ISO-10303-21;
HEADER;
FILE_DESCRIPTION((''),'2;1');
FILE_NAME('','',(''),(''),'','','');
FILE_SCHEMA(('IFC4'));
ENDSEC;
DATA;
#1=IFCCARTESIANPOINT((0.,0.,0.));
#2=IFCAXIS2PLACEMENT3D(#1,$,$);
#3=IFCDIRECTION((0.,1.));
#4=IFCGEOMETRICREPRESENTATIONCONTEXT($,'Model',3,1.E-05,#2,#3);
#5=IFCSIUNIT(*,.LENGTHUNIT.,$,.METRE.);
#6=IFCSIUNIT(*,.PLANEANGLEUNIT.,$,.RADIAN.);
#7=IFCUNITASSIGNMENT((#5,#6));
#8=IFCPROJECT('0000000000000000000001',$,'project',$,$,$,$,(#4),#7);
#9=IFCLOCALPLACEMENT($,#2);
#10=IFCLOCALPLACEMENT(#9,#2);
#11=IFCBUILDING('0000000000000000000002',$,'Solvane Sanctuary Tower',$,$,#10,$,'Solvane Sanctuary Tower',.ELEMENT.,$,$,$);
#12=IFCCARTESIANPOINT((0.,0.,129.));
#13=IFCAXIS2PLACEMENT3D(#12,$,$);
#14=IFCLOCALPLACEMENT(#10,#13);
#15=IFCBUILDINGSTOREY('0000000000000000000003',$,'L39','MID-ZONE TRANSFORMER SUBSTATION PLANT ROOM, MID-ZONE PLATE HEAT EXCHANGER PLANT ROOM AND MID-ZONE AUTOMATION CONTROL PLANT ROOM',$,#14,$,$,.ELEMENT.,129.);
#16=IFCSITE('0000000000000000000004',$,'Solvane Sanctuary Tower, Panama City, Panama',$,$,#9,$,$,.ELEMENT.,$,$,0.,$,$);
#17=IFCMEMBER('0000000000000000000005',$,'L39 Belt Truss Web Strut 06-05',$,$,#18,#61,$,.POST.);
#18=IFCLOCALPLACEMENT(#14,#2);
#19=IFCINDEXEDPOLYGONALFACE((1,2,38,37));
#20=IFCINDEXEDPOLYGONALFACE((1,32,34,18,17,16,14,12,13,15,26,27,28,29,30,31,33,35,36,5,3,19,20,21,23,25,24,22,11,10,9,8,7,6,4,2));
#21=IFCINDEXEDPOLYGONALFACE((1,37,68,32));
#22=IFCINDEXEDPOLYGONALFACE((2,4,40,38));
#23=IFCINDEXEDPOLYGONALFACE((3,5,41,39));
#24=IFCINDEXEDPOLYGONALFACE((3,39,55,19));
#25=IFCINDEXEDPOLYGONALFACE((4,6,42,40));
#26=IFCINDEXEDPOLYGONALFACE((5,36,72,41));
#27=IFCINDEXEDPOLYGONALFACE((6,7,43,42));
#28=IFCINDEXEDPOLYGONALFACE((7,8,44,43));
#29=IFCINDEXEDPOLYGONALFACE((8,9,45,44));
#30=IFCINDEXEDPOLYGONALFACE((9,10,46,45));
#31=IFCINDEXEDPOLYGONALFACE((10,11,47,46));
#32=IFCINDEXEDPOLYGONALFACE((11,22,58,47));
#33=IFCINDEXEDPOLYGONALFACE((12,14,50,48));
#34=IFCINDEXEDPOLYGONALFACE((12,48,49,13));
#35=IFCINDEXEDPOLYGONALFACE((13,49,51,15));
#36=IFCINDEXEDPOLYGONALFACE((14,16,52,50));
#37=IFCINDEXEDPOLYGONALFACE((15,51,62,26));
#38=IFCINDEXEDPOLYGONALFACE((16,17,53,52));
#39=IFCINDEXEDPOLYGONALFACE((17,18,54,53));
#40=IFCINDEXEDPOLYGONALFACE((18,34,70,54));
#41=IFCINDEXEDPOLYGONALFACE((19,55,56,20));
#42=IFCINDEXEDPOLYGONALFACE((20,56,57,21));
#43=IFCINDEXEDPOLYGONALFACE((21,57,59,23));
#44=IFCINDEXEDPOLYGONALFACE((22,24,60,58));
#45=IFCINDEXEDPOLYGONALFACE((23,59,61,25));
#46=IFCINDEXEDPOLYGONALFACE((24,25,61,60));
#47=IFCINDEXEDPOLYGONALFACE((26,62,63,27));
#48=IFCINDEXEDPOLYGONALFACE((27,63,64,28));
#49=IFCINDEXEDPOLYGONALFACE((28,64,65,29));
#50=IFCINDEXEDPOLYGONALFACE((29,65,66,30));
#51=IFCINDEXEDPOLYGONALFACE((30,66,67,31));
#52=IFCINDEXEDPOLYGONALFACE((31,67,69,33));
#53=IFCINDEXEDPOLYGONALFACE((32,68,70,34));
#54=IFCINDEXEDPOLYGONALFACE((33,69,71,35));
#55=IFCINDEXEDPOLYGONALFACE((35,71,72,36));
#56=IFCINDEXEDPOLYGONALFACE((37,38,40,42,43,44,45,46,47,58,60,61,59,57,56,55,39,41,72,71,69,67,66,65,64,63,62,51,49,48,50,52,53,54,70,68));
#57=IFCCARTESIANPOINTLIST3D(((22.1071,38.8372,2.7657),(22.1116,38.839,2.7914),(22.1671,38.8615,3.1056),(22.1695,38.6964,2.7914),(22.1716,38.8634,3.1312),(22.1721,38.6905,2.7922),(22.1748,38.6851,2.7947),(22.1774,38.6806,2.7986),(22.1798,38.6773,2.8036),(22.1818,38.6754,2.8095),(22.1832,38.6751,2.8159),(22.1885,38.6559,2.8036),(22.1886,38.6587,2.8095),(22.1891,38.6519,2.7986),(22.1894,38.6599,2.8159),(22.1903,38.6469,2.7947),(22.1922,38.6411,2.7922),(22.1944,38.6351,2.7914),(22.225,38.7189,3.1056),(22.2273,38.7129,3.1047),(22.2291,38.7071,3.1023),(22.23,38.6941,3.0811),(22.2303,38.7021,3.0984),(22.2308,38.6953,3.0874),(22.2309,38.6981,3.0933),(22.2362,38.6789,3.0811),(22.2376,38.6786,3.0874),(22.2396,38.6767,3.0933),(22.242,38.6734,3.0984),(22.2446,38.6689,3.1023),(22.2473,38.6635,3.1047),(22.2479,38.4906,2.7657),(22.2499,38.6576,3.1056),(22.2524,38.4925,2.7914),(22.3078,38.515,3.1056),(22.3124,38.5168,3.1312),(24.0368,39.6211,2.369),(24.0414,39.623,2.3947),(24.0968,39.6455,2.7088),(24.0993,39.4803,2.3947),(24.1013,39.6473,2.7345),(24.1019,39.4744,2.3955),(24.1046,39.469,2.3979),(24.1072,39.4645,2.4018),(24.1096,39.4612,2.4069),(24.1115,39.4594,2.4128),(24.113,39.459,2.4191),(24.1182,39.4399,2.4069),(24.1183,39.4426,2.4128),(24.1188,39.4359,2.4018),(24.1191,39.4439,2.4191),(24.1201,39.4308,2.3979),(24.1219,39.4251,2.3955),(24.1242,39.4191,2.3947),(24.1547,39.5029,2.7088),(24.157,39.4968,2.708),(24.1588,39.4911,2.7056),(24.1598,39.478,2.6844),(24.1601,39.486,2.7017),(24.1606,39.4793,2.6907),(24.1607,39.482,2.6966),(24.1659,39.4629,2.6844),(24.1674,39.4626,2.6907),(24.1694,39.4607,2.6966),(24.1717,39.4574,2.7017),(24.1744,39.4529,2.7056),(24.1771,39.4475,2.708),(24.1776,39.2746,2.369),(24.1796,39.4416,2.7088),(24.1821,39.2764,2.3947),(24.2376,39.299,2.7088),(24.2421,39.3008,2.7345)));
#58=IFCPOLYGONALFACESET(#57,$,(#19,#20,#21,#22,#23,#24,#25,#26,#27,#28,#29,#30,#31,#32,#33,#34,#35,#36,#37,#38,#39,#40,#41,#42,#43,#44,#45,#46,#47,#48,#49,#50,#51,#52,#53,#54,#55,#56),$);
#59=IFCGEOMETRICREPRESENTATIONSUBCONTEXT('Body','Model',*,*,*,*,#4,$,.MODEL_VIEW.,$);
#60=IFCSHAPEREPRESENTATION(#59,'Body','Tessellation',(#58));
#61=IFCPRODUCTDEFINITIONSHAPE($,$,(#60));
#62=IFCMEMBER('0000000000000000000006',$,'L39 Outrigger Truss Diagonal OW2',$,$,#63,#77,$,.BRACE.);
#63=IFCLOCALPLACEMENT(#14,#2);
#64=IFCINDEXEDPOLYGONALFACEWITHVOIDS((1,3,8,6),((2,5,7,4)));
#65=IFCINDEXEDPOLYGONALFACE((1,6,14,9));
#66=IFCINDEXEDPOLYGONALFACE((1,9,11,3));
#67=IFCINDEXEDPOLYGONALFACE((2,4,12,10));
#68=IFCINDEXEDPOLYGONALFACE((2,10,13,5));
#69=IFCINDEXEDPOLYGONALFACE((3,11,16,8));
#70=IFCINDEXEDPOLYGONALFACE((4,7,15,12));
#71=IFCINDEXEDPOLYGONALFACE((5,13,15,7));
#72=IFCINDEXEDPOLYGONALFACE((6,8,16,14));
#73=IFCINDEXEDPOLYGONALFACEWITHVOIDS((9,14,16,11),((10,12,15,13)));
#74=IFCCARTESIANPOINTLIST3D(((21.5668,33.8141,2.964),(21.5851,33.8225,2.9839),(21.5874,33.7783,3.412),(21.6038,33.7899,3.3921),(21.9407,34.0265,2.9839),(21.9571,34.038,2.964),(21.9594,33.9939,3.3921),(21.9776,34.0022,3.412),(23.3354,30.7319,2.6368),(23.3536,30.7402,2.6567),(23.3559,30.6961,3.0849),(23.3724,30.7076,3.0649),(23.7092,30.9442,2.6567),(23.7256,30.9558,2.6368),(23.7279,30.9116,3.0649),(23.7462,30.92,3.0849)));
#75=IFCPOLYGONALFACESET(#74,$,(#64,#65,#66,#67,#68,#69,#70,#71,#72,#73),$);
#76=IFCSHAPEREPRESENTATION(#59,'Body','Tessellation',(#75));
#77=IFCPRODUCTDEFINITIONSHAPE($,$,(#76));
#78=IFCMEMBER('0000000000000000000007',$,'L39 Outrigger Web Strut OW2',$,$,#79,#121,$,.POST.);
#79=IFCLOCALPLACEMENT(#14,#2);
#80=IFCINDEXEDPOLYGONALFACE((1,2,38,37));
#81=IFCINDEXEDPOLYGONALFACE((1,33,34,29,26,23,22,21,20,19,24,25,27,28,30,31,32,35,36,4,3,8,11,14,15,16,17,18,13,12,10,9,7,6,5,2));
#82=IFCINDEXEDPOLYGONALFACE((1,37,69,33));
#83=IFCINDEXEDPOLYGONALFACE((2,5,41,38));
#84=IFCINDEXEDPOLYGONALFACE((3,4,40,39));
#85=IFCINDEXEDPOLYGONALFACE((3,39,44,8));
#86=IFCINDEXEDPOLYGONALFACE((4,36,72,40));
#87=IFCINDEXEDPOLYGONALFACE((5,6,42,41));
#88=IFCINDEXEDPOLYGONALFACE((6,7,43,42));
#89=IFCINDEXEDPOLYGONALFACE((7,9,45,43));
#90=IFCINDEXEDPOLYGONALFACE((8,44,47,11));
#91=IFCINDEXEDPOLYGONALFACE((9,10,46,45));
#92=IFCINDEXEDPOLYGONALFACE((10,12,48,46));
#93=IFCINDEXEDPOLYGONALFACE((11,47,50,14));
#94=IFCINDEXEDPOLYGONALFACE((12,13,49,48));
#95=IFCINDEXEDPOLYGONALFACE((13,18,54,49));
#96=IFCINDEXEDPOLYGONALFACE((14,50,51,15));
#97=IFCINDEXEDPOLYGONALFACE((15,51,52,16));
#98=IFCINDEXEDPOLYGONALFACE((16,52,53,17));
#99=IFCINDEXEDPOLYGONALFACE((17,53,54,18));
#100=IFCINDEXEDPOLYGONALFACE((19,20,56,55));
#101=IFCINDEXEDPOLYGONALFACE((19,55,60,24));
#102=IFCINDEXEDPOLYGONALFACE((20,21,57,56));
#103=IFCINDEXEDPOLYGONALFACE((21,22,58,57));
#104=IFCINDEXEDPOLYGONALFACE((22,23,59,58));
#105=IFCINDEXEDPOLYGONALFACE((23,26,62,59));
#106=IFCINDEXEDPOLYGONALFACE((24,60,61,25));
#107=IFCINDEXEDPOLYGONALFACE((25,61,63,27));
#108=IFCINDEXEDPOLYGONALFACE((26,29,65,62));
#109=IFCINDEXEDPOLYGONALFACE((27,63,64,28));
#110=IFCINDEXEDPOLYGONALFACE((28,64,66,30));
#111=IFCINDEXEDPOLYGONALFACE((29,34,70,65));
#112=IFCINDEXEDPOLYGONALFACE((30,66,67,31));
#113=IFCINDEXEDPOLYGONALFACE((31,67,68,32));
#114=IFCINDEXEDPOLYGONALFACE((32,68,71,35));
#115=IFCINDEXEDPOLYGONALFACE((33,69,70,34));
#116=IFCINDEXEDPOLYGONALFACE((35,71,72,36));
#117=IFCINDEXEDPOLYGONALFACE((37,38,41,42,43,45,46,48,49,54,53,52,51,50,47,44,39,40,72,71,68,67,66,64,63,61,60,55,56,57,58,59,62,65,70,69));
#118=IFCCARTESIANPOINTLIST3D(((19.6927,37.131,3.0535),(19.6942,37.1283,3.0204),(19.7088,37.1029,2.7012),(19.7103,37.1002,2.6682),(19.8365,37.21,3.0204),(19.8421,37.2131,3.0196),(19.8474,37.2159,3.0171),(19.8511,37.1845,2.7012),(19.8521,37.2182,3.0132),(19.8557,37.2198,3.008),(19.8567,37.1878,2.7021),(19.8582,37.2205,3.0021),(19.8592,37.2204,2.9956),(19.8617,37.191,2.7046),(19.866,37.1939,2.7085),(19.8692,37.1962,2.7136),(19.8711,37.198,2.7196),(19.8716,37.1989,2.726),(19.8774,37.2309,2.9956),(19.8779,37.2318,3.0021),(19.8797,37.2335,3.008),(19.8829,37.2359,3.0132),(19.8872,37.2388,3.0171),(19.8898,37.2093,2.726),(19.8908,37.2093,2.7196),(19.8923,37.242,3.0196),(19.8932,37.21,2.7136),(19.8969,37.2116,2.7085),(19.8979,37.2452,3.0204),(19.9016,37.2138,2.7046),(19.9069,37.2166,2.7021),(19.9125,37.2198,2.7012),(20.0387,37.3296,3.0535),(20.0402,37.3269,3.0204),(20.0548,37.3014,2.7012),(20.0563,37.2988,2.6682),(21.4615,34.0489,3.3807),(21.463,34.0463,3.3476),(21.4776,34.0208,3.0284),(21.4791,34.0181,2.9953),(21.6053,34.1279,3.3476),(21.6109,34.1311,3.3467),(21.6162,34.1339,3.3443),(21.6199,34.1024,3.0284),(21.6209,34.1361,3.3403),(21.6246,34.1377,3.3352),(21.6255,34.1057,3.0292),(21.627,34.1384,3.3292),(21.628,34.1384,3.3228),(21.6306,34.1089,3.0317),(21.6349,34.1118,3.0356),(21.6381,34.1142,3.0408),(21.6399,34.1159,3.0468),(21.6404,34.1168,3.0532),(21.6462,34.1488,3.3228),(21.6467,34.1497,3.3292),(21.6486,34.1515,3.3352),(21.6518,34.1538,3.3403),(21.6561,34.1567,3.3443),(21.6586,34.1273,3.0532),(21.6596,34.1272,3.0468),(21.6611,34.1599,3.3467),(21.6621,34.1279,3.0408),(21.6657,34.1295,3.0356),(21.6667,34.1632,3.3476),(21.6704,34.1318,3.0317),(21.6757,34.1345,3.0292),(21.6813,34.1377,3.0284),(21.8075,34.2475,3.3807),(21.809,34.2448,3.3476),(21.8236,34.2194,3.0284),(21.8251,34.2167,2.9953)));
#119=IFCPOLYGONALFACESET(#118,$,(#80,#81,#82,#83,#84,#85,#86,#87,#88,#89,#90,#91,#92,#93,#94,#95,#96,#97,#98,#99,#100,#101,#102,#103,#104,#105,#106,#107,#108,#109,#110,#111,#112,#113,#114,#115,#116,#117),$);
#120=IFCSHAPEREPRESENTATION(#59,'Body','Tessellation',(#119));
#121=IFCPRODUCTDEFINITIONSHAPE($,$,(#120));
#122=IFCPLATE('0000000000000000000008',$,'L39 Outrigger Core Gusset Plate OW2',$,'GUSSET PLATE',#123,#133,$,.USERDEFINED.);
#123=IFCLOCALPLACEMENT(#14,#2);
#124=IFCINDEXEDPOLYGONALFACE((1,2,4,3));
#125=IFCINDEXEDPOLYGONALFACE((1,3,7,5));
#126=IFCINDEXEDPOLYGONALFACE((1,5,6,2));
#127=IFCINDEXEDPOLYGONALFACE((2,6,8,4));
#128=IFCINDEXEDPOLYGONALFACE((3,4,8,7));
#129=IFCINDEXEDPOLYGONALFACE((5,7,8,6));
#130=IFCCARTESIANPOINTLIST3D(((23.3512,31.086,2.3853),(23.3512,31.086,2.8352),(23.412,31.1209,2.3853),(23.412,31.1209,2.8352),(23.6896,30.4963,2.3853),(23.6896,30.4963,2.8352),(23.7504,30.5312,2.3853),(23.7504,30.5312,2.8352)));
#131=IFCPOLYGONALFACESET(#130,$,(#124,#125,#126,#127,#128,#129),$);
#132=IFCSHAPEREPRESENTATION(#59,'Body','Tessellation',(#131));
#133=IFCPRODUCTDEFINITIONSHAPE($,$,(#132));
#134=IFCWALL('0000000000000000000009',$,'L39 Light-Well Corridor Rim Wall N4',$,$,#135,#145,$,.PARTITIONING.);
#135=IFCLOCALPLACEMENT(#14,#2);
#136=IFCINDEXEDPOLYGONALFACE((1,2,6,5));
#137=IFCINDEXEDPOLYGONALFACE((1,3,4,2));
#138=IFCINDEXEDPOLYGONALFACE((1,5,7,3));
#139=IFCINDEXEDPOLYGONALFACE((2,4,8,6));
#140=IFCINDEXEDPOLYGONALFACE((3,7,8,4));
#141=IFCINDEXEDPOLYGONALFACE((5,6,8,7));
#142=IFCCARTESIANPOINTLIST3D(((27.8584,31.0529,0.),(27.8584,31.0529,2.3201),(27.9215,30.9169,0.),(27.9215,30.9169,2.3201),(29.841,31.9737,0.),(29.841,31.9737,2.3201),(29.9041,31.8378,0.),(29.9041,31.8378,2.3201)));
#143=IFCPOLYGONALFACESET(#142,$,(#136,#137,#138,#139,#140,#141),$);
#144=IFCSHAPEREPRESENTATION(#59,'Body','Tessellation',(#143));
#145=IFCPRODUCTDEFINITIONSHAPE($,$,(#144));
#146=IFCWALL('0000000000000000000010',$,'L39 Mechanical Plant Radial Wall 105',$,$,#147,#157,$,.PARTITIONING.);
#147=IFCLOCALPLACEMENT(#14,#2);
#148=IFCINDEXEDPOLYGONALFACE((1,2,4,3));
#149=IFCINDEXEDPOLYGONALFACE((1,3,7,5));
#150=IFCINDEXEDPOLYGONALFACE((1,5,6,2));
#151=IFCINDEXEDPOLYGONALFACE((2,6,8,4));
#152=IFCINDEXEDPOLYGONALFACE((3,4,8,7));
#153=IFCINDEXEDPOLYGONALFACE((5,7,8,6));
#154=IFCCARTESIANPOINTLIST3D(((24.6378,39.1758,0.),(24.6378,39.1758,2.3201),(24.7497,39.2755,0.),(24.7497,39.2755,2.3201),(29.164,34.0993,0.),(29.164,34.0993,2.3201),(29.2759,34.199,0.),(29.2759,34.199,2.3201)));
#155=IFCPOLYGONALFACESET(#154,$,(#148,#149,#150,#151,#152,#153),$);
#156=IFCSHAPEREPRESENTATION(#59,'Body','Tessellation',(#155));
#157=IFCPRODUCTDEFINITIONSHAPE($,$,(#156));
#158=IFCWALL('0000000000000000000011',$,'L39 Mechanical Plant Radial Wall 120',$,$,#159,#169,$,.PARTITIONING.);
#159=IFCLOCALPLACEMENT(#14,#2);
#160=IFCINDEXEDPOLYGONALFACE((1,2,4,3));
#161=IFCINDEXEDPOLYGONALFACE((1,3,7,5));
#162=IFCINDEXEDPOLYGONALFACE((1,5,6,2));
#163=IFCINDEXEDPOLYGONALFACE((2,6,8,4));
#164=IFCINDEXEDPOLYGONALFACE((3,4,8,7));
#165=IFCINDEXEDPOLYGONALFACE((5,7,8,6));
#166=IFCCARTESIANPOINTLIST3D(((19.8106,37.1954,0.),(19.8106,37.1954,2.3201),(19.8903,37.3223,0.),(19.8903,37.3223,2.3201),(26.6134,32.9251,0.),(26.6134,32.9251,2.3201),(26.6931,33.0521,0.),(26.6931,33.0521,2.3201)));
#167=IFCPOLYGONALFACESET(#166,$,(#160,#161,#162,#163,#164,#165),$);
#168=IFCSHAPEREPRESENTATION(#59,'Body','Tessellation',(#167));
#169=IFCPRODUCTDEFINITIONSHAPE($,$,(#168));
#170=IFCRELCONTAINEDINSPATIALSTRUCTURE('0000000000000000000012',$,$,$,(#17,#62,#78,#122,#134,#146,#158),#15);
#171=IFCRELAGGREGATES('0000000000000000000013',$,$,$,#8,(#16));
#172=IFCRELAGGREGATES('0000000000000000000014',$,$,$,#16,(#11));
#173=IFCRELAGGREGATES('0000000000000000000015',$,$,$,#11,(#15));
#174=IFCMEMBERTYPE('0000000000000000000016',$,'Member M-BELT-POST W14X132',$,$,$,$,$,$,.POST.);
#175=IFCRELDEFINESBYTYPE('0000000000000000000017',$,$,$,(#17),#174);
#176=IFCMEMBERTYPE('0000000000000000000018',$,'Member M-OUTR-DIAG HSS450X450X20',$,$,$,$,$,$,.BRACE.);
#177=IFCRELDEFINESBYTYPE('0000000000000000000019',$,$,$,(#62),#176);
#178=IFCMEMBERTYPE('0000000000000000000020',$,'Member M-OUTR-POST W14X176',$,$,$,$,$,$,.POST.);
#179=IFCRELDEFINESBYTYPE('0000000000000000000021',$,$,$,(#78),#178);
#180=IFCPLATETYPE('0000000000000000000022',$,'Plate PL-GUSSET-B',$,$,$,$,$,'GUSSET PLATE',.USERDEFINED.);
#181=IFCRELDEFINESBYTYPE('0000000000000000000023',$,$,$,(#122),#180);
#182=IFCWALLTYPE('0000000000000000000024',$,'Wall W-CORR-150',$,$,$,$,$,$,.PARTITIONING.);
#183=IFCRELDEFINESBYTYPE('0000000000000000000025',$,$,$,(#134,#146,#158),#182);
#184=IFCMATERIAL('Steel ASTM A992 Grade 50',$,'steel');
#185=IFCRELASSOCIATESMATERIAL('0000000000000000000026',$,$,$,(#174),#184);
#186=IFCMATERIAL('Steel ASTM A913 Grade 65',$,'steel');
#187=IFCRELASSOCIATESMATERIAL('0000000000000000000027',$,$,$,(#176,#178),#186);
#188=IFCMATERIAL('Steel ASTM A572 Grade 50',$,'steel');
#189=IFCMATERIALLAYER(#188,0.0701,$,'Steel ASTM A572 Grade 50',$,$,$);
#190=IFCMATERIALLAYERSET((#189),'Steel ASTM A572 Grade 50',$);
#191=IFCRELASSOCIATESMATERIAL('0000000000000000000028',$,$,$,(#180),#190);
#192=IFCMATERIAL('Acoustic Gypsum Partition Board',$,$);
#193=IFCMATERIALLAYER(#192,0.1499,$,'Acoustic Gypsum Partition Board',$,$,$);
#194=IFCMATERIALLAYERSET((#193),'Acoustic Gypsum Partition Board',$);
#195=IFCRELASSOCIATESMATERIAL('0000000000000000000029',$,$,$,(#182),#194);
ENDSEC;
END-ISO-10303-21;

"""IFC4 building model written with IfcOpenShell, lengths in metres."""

from ifc_helpers import new_model, si_unit, direction, frame, frame_2d, origin, origin_2d, place, context, subcontext, project, spatial, rectangle, hollow_rectangle, i_section, extrude, material, layer, layer_set, material_profile, profile_set, type_object, element, save


model = new_model("IFC4")

# Units and contexts
model_context = context("Model", 3, precision=1e-05, world=origin(), true_north=direction((0.0, 1.0)))
body_context = subcontext(model_context, "Body", "Model", "MODEL_VIEW")
ifc_project = project(units=[si_unit("LENGTHUNIT", "METRE"), si_unit("PLANEANGLEUNIT", "RADIAN")], contexts=[model_context])

# Site, building, storey
site_placement = place(None, origin())
site = spatial("IfcSite", under=ifc_project, at=site_placement, Name="Solvane Sanctuary Tower, Panama City, Panama", CompositionType="ELEMENT", RefElevation=0.0)
building_placement = place(site_placement, origin())
building = spatial("IfcBuilding", under=site, at=building_placement, Name="Solvane Sanctuary Tower", LongName="Solvane Sanctuary Tower", CompositionType="ELEMENT")
storey_placement = place(building_placement, frame((0.0, 0.0, 129.0)))
storey = spatial("IfcBuildingStorey", under=building, at=storey_placement, Name="L39", Description="MID-ZONE TRANSFORMER SUBSTATION PLANT ROOM, MID-ZONE PLATE HEAT EXCHANGER PLANT ROOM AND MID-ZONE AUTOMATION CONTROL PLANT ROOM", CompositionType="ELEMENT", Elevation=129.0)

# Shared definitions
ifc_material_1 = material(Name="Steel ASTM A992 Grade 50", Category="steel")

# Members
ifc_material_profile_1 = material_profile(ifc_material_1, i_section(OverallWidth=0.374, OverallDepth=0.3721, WebThickness=0.0164, FlangeThickness=0.0261, FilletRadius=0.0249, at=origin_2d()), Name="W14X132")
ifc_profile_set_1 = profile_set([ifc_material_profile_1], Name="Steel ASTM A992 Grade 50")
member_type_1 = type_object("IfcMemberType", Name="Member M-BELT-POST W14X132", PredefinedType="POST", material=ifc_profile_set_1)
member_1_placement = place(storey_placement, frame((22.2097, 38.677, 2.9485), z_axis=(0.910104, 0.36973, -0.18711), x_axis=(-0.376377, 0.926467, 0.0)))
element("IfcMember", 1, at=member_1_placement, inside=storey, type_object=member_type_1, Name="L39 Belt Truss Web Strut 06-05", PredefinedType="POST", context=body_context, shape_type="SweptSolid", body=[
    extrude(i_section(OverallWidth=0.374, OverallDepth=0.3721, WebThickness=0.0164, FlangeThickness=0.0261, FilletRadius=0.0249, at=origin_2d()), origin(), (0.0, 0.0, 1.0), 2.1204),
])
ifc_material_2 = material(Name="Steel ASTM A913 Grade 65", Category="steel")
ifc_material_profile_2 = material_profile(ifc_material_2, hollow_rectangle(XDim=0.45, YDim=0.45, WallThickness=0.02, at=origin_2d()), Name="HSS450X450X20")
ifc_profile_set_2 = profile_set([ifc_material_profile_2], Name="Steel ASTM A913 Grade 65")
member_type_2 = type_object("IfcMemberType", Name="Member M-OUTR-DIAG HSS450X450X20", PredefinedType="BRACE", material=ifc_profile_set_2)
member_2_placement = place(storey_placement, frame((23.5408, 30.8259, 2.8608), z_axis=(-0.495581, 0.86371, 0.091673), x_axis=(-0.867362, -0.497677, 0.0)))
element("IfcMember", 2, at=member_2_placement, inside=storey, type_object=member_type_2, Name="L39 Outrigger Truss Diagonal OW2", PredefinedType="BRACE", context=body_context, shape_type="SweptSolid", body=[
    extrude(hollow_rectangle(XDim=0.45, YDim=0.45, WallThickness=0.02, at=origin_2d()), origin(), (0.0, 0.0, 1.0), 3.5686),
])
ifc_material_profile_3 = material_profile(ifc_material_2, i_section(OverallWidth=0.3989, OverallDepth=0.387, WebThickness=0.021, FlangeThickness=0.0332, FilletRadius=0.0249, at=origin_2d()), Name="W14X176")
ifc_profile_set_3 = profile_set([ifc_material_profile_3], Name="Steel ASTM A913 Grade 65")
member_type_3 = type_object("IfcMemberType", Name="Member M-OUTR-POST W14X176", PredefinedType="POST", material=ifc_profile_set_3)
member_3_placement = place(storey_placement, frame((21.6433, 34.1328, 3.188), z_axis=(-0.495662, 0.863663, -0.091675), x_axis=(-0.867316, -0.497758, 0.0)))
element("IfcMember", 3, at=member_3_placement, inside=storey, type_object=member_type_3, Name="L39 Outrigger Web Strut OW2", PredefinedType="POST", context=body_context, shape_type="SweptSolid", body=[
    extrude(i_section(OverallWidth=0.3989, OverallDepth=0.387, WebThickness=0.021, FlangeThickness=0.0332, FilletRadius=0.0249, at=origin_2d()), origin(), (0.0, 0.0, 1.0), 3.5686),
])

# Plate
ifc_material_3 = material(Name="Steel ASTM A572 Grade 50", Category="steel")
ifc_layer_1 = layer(ifc_material_3, 0.0701, Name="Steel ASTM A572 Grade 50")
ifc_layer_set_1 = layer_set([ifc_layer_1], Name="Steel ASTM A572 Grade 50")
plate_type = type_object("IfcPlateType", Name="Plate PL-GUSSET-B", ElementType="GUSSET PLATE", PredefinedType="USERDEFINED", material=ifc_layer_set_1)
plate_placement = place(storey_placement, frame((23.5508, 30.8086, 2.3853), z_axis=(0.0, 0.0, 1.0), x_axis=(-0.497731, 0.867331, 0.0)))
element("IfcPlate", 4, at=plate_placement, inside=storey, type_object=plate_type, Name="L39 Outrigger Core Gusset Plate OW2", ObjectType="GUSSET PLATE", PredefinedType="USERDEFINED", context=body_context, shape_type="SweptSolid", body=[
    extrude(rectangle(XDim=0.6799, YDim=0.0701, at=origin_2d()), origin(), (0.0, 0.0, 1.0), 0.45),
])

# Walls
ifc_material_4 = material(Name="Acoustic Gypsum Partition Board")
ifc_layer_2 = layer(ifc_material_4, 0.1499, Name="Acoustic Gypsum Partition Board")
ifc_layer_set_2 = layer_set([ifc_layer_2], Name="Acoustic Gypsum Partition Board")
wall_type_1 = type_object("IfcWallType", Name="Wall W-CORR-150", PredefinedType="PARTITIONING", material=ifc_layer_set_2)
wall_1_placement = place(storey_placement, frame((29.8726, 31.9058, 0.0), z_axis=(0.0, 0.0, 1.0), x_axis=(-0.906943, -0.421252, 0.0)))
element("IfcWall", 5, at=wall_1_placement, inside=storey, type_object=wall_type_1, Name="L39 Light-Well Corridor Rim Wall N4", PredefinedType="PARTITIONING", context=body_context, shape_type="SweptSolid", body=[
    extrude(rectangle(XDim=2.186, YDim=0.1499, at=frame_2d((1.093, 0.0))), origin(), (0.0, 0.0, 1.0), 2.3201),
])
wall_2_placement = place(storey_placement, frame((29.22, 34.1492, 0.0), z_axis=(0.0, 0.0, 1.0), x_axis=(-0.665493, 0.746404, 0.0)))
element("IfcWall", 6, at=wall_2_placement, inside=storey, type_object=wall_type_1, Name="L39 Mechanical Plant Radial Wall 105", PredefinedType="PARTITIONING", context=body_context, shape_type="SweptSolid", body=[
    extrude(rectangle(XDim=6.8013, YDim=0.1499, at=frame_2d((3.4006, 0.0))), origin(), (0.0, 0.0, 1.0), 2.3201),
])
wall_3_placement = place(storey_placement, frame((26.6533, 32.9885, 0.0), z_axis=(0.0, 0.0, 1.0), x_axis=(-0.846958, 0.531659, 0.0)))
element("IfcWall", 7, at=wall_3_placement, inside=storey, type_object=wall_type_1, Name="L39 Mechanical Plant Radial Wall 120", PredefinedType="PARTITIONING", context=body_context, shape_type="SweptSolid", body=[
    extrude(rectangle(XDim=8.032, YDim=0.1499, at=frame_2d((4.0161, 0.0))), origin(), (0.0, 0.0, 1.0), 2.3201),
])

save(model, "model.ifc")
